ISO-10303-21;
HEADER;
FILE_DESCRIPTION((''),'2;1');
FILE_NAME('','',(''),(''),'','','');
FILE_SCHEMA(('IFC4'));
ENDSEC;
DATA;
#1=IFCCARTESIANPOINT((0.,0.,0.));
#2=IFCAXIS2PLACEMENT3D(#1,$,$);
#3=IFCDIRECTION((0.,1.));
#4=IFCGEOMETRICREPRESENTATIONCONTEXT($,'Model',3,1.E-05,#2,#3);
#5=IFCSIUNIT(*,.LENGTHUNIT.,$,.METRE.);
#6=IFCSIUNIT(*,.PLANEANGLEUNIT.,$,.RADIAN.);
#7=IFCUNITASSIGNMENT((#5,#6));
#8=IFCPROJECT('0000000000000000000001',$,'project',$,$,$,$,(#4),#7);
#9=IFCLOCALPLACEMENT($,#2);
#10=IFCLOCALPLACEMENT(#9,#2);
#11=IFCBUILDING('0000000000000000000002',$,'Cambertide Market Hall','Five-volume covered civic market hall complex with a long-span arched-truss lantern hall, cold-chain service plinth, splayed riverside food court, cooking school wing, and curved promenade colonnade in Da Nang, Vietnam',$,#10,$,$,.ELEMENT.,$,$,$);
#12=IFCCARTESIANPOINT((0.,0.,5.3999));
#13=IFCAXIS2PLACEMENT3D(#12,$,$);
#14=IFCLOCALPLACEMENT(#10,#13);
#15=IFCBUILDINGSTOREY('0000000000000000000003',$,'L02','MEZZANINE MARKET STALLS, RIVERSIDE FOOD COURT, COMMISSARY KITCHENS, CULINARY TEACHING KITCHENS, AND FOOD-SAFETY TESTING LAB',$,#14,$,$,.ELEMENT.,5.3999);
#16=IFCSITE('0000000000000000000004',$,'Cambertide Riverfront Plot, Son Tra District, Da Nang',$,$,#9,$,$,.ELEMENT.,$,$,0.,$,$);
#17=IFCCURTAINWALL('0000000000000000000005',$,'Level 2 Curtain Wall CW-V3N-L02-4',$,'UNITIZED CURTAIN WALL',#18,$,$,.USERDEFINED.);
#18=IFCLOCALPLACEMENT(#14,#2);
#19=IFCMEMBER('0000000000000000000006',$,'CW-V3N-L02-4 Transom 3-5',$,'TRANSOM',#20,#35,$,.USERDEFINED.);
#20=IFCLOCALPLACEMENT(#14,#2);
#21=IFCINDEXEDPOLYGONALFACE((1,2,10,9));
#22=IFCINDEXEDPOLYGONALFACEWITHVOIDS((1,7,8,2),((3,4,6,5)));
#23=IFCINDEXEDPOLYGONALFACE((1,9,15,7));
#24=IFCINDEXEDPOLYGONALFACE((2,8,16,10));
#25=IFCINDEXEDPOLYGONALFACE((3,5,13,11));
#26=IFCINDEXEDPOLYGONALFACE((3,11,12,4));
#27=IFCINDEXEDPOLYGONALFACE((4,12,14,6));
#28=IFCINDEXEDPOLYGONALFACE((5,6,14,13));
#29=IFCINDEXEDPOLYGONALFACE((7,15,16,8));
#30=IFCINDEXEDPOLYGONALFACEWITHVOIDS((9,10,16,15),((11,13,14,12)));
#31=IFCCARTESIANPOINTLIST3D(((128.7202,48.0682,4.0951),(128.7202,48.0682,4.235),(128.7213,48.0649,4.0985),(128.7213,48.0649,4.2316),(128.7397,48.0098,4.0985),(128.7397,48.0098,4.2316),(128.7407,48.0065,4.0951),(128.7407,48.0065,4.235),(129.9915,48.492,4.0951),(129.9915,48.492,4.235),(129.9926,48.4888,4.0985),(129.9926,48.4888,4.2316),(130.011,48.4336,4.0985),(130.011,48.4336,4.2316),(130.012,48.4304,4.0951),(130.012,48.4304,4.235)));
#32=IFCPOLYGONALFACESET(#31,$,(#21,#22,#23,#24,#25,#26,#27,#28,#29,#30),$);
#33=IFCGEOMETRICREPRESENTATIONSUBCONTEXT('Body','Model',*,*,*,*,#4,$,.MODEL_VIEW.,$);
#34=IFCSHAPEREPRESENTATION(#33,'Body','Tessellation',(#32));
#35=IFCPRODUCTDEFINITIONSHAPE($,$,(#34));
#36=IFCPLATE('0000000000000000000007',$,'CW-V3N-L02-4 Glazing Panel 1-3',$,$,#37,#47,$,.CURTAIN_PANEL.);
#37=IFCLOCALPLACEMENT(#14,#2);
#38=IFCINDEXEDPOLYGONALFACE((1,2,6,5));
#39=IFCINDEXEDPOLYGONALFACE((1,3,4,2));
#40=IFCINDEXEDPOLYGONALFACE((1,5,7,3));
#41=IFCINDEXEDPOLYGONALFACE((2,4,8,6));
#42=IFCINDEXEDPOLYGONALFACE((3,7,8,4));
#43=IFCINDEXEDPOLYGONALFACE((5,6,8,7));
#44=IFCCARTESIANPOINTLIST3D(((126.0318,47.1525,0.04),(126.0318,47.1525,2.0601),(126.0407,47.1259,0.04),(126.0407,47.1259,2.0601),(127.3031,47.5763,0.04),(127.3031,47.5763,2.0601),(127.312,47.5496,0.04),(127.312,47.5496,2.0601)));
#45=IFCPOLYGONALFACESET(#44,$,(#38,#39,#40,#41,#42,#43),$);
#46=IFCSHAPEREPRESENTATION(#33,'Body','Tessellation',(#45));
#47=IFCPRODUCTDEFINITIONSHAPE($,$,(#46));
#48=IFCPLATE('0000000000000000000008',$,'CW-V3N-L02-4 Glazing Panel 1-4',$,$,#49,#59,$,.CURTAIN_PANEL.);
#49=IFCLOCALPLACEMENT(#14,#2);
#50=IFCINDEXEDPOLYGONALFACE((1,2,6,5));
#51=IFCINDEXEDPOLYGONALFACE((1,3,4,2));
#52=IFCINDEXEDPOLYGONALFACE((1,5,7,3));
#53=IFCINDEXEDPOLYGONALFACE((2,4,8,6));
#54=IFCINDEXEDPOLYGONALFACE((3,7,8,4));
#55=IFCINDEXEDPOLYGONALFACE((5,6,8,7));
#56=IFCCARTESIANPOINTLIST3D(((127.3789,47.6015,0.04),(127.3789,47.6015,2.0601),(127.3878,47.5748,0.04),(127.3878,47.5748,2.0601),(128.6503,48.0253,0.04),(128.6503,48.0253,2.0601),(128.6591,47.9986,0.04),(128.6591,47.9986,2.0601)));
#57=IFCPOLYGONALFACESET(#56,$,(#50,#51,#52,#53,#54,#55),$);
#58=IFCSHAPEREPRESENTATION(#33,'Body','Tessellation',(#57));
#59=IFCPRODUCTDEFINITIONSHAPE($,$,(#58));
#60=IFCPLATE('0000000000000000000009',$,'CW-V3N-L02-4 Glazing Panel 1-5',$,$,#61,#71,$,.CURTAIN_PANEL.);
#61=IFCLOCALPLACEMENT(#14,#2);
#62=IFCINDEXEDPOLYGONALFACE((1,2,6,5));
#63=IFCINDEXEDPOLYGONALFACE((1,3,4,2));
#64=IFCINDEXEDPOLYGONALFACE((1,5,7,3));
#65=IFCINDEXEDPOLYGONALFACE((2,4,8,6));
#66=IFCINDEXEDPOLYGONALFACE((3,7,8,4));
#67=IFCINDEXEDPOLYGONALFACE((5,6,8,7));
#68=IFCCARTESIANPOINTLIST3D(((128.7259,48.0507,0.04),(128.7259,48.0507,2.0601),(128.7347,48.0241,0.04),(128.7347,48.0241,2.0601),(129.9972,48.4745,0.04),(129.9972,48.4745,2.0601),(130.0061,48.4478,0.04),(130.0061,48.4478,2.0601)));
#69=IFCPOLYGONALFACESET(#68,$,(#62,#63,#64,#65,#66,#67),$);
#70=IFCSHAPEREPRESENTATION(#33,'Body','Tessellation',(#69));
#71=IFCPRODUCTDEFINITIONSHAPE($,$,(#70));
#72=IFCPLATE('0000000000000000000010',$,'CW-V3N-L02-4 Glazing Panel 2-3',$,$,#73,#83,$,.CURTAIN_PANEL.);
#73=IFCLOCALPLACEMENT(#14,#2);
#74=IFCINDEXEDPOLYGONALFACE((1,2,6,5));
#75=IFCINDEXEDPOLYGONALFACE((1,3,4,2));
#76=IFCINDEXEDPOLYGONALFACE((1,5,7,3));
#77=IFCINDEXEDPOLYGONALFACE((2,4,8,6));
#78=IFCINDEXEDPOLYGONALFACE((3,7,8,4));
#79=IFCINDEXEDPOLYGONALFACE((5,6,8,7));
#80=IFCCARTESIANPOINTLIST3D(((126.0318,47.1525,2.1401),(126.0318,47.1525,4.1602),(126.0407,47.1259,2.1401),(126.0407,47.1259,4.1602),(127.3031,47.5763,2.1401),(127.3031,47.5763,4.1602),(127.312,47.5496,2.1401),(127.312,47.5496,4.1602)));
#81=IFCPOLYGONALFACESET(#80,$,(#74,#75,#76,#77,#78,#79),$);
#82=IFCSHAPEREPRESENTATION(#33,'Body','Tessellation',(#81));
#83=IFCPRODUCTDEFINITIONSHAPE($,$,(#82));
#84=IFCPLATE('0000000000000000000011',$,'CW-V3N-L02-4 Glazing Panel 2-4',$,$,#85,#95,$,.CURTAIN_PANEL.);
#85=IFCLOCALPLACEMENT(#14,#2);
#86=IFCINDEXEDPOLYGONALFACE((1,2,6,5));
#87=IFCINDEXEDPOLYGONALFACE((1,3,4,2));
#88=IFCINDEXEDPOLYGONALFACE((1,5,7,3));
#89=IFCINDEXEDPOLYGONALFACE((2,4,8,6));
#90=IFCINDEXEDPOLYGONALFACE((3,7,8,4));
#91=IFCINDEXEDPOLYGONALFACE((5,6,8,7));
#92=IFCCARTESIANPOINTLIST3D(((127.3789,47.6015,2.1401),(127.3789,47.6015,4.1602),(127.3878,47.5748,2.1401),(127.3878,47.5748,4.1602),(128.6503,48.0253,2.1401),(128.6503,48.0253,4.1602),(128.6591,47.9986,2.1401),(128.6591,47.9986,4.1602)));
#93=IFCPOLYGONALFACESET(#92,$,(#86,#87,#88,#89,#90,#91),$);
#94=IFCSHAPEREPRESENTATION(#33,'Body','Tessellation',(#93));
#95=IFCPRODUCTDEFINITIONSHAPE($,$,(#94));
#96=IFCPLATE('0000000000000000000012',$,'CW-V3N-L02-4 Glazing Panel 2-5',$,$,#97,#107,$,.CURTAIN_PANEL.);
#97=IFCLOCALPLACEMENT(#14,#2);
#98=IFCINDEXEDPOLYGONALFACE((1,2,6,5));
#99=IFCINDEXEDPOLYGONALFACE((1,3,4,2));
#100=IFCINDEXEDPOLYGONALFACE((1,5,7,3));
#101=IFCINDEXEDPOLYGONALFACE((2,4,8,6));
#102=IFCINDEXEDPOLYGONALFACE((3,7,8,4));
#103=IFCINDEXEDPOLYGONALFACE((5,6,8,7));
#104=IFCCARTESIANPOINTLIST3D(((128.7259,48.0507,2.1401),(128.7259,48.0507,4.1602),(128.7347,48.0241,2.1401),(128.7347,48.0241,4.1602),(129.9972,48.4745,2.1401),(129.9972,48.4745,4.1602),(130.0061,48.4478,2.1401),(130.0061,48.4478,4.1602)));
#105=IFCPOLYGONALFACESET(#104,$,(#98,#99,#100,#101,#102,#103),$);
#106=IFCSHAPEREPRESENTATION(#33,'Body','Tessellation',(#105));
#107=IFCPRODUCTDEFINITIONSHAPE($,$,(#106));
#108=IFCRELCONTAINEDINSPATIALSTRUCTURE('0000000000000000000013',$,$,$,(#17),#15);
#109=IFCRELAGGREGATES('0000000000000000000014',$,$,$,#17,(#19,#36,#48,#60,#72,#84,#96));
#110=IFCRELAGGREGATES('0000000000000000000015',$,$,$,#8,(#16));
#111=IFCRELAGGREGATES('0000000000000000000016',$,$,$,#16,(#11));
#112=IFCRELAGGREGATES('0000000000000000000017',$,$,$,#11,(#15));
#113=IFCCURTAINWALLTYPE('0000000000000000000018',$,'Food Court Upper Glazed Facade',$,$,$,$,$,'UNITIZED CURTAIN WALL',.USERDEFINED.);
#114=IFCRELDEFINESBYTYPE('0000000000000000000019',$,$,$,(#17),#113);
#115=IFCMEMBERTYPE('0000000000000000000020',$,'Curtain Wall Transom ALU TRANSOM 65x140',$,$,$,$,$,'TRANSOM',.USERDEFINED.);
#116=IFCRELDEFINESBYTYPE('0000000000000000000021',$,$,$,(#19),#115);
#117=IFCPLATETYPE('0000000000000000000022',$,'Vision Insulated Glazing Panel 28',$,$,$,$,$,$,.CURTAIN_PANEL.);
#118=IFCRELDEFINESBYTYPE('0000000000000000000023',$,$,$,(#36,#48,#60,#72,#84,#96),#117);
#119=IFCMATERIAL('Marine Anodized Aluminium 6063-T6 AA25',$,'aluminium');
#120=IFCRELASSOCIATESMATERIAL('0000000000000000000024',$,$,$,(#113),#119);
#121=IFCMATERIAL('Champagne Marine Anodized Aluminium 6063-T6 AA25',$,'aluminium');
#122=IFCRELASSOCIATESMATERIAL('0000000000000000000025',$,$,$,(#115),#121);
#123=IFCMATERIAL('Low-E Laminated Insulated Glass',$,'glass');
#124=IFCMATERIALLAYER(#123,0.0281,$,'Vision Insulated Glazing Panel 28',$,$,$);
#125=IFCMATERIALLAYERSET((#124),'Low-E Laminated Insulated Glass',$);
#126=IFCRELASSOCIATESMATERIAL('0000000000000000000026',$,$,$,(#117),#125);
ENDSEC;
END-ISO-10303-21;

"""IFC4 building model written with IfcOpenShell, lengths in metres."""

from ifc_helpers import new_model, si_unit, direction, frame, origin, origin_2d, place, context, subcontext, project, spatial, rectangle, hollow_rectangle, extrude, material, layer, layer_set, material_profile, profile_set, type_object, element, aggregate, save


model = new_model("IFC4")

# Units and contexts
model_context = context("Model", 3, precision=1e-05, world=origin(), true_north=direction((0.0, 1.0)))
body_context = subcontext(model_context, "Body", "Model", "MODEL_VIEW")
ifc_project = project(units=[si_unit("LENGTHUNIT", "METRE"), si_unit("PLANEANGLEUNIT", "RADIAN")], contexts=[model_context])

# Site, building, storey
site_placement = place(None, origin())
site = spatial("IfcSite", under=ifc_project, at=site_placement, Name="Cambertide Riverfront Plot, Son Tra District, Da Nang", CompositionType="ELEMENT", RefElevation=0.0)
building_placement = place(site_placement, origin())
building = spatial("IfcBuilding", under=site, at=building_placement, Name="Cambertide Market Hall", Description="Five-volume covered civic market hall complex with a long-span arched-truss lantern hall, cold-chain service plinth, splayed riverside food court, cooking school wing, and curved promenade colonnade in Da Nang, Vietnam", CompositionType="ELEMENT")
storey_placement = place(building_placement, frame((0.0, 0.0, 5.3999)))
storey = spatial("IfcBuildingStorey", under=building, at=storey_placement, Name="L02", Description="MEZZANINE MARKET STALLS, RIVERSIDE FOOD COURT, COMMISSARY KITCHENS, CULINARY TEACHING KITCHENS, AND FOOD-SAFETY TESTING LAB", CompositionType="ELEMENT", Elevation=5.3999)

# Curtain wall, member, plates
ifc_material_1 = material(Name="Marine Anodized Aluminium 6063-T6 AA25", Category="aluminium")
curtain_wall_type = type_object("IfcCurtainWallType", Name="Food Court Upper Glazed Facade", ElementType="UNITIZED CURTAIN WALL", PredefinedType="USERDEFINED", material=ifc_material_1)
curtain_wall_placement = place(storey_placement, origin())
curtain_wall = element("IfcCurtainWall", 1, at=curtain_wall_placement, inside=storey, type_object=curtain_wall_type, Name="Level 2 Curtain Wall CW-V3N-L02-4", ObjectType="UNITIZED CURTAIN WALL", PredefinedType="USERDEFINED")
ifc_material_2 = material(Name="Champagne Marine Anodized Aluminium 6063-T6 AA25", Category="aluminium")
ifc_material_profile_1 = material_profile(ifc_material_2, hollow_rectangle(XDim=0.0649, YDim=0.1399, WallThickness=0.0034, at=origin_2d()), Name="ALU TRANSOM 65x140")
ifc_profile_set_1 = profile_set([ifc_material_profile_1], Name="Champagne Marine Anodized Aluminium 6063-T6 AA25")
member_type_1 = type_object("IfcMemberType", Name="Curtain Wall Transom ALU TRANSOM 65x140", ElementType="TRANSOM", PredefinedType="USERDEFINED", material=ifc_profile_set_1)
member_1_placement = place(storey_placement, frame((128.7305, 48.0374, 4.165), z_axis=(0.948665, 0.316282, 0.0), x_axis=(-0.316282, 0.948665, 0.0)))
member_1 = element("IfcMember", 2, at=member_1_placement, type_object=member_type_1, Name="CW-V3N-L02-4 Transom 3-5", ObjectType="TRANSOM", PredefinedType="USERDEFINED", context=body_context, shape_type="SweptSolid", body=[
    extrude(hollow_rectangle(XDim=0.0649, YDim=0.1399, WallThickness=0.0034, at=origin_2d()), origin(), (0.0, 0.0, 1.0), 1.3401),
])
ifc_material_3 = material(Name="Low-E Laminated Insulated Glass", Category="glass")
ifc_layer_1 = layer(ifc_material_3, 0.0281, Name="Vision Insulated Glazing Panel 28")
ifc_layer_set_1 = layer_set([ifc_layer_1], Name="Low-E Laminated Insulated Glass")
plate_type = type_object("IfcPlateType", Name="Vision Insulated Glazing Panel 28", PredefinedType="CURTAIN_PANEL", material=ifc_layer_set_1)
plate_1_placement = place(storey_placement, frame((126.6719, 47.3511, 0.04), z_axis=(0.0, 0.0, 1.0), x_axis=(0.948683, 0.316228, 0.0)))
plate_1 = element("IfcPlate", 3, at=plate_1_placement, type_object=plate_type, Name="CW-V3N-L02-4 Glazing Panel 1-3", PredefinedType="CURTAIN_PANEL", context=body_context, shape_type="SweptSolid", body=[
    extrude(rectangle(XDim=1.3401, YDim=0.0281, at=origin_2d()), origin(), (0.0, 0.0, 1.0), 2.02),
])
plate_2_placement = place(storey_placement, frame((128.019, 47.8, 0.04), z_axis=(0.0, 0.0, 1.0), x_axis=(0.948683, 0.316228, 0.0)))
plate_2 = element("IfcPlate", 4, at=plate_2_placement, type_object=plate_type, Name="CW-V3N-L02-4 Glazing Panel 1-4", PredefinedType="CURTAIN_PANEL", context=body_context, shape_type="SweptSolid", body=[
    extrude(rectangle(XDim=1.3401, YDim=0.0281, at=origin_2d()), origin(), (0.0, 0.0, 1.0), 2.02),
])
plate_3_placement = place(storey_placement, frame((129.366, 48.2493, 0.04), z_axis=(0.0, 0.0, 1.0), x_axis=(0.948683, 0.316228, 0.0)))
plate_3 = element("IfcPlate", 5, at=plate_3_placement, type_object=plate_type, Name="CW-V3N-L02-4 Glazing Panel 1-5", PredefinedType="CURTAIN_PANEL", context=body_context, shape_type="SweptSolid", body=[
    extrude(rectangle(XDim=1.3401, YDim=0.0281, at=origin_2d()), origin(), (0.0, 0.0, 1.0), 2.02),
])
plate_4_placement = place(storey_placement, frame((126.6719, 47.3511, 2.1401), z_axis=(0.0, 0.0, 1.0), x_axis=(0.948683, 0.316228, 0.0)))
plate_4 = element("IfcPlate", 6, at=plate_4_placement, type_object=plate_type, Name="CW-V3N-L02-4 Glazing Panel 2-3", PredefinedType="CURTAIN_PANEL", context=body_context, shape_type="SweptSolid", body=[
    extrude(rectangle(XDim=1.3401, YDim=0.0281, at=origin_2d()), origin(), (0.0, 0.0, 1.0), 2.02),
])
plate_5_placement = place(storey_placement, frame((128.019, 47.8, 2.1401), z_axis=(0.0, 0.0, 1.0), x_axis=(0.948683, 0.316228, 0.0)))
plate_5 = element("IfcPlate", 7, at=plate_5_placement, type_object=plate_type, Name="CW-V3N-L02-4 Glazing Panel 2-4", PredefinedType="CURTAIN_PANEL", context=body_context, shape_type="SweptSolid", body=[
    extrude(rectangle(XDim=1.3401, YDim=0.0281, at=origin_2d()), origin(), (0.0, 0.0, 1.0), 2.02),
])
plate_6_placement = place(storey_placement, frame((129.366, 48.2493, 2.1401), z_axis=(0.0, 0.0, 1.0), x_axis=(0.948683, 0.316228, 0.0)))
plate_6 = element("IfcPlate", 8, at=plate_6_placement, type_object=plate_type, Name="CW-V3N-L02-4 Glazing Panel 2-5", PredefinedType="CURTAIN_PANEL", context=body_context, shape_type="SweptSolid", body=[
    extrude(rectangle(XDim=1.3401, YDim=0.0281, at=origin_2d()), origin(), (0.0, 0.0, 1.0), 2.02),
])
aggregate(curtain_wall, [member_1, plate_1, plate_2, plate_3, plate_4, plate_5, plate_6])

save(model, "model.ifc")
